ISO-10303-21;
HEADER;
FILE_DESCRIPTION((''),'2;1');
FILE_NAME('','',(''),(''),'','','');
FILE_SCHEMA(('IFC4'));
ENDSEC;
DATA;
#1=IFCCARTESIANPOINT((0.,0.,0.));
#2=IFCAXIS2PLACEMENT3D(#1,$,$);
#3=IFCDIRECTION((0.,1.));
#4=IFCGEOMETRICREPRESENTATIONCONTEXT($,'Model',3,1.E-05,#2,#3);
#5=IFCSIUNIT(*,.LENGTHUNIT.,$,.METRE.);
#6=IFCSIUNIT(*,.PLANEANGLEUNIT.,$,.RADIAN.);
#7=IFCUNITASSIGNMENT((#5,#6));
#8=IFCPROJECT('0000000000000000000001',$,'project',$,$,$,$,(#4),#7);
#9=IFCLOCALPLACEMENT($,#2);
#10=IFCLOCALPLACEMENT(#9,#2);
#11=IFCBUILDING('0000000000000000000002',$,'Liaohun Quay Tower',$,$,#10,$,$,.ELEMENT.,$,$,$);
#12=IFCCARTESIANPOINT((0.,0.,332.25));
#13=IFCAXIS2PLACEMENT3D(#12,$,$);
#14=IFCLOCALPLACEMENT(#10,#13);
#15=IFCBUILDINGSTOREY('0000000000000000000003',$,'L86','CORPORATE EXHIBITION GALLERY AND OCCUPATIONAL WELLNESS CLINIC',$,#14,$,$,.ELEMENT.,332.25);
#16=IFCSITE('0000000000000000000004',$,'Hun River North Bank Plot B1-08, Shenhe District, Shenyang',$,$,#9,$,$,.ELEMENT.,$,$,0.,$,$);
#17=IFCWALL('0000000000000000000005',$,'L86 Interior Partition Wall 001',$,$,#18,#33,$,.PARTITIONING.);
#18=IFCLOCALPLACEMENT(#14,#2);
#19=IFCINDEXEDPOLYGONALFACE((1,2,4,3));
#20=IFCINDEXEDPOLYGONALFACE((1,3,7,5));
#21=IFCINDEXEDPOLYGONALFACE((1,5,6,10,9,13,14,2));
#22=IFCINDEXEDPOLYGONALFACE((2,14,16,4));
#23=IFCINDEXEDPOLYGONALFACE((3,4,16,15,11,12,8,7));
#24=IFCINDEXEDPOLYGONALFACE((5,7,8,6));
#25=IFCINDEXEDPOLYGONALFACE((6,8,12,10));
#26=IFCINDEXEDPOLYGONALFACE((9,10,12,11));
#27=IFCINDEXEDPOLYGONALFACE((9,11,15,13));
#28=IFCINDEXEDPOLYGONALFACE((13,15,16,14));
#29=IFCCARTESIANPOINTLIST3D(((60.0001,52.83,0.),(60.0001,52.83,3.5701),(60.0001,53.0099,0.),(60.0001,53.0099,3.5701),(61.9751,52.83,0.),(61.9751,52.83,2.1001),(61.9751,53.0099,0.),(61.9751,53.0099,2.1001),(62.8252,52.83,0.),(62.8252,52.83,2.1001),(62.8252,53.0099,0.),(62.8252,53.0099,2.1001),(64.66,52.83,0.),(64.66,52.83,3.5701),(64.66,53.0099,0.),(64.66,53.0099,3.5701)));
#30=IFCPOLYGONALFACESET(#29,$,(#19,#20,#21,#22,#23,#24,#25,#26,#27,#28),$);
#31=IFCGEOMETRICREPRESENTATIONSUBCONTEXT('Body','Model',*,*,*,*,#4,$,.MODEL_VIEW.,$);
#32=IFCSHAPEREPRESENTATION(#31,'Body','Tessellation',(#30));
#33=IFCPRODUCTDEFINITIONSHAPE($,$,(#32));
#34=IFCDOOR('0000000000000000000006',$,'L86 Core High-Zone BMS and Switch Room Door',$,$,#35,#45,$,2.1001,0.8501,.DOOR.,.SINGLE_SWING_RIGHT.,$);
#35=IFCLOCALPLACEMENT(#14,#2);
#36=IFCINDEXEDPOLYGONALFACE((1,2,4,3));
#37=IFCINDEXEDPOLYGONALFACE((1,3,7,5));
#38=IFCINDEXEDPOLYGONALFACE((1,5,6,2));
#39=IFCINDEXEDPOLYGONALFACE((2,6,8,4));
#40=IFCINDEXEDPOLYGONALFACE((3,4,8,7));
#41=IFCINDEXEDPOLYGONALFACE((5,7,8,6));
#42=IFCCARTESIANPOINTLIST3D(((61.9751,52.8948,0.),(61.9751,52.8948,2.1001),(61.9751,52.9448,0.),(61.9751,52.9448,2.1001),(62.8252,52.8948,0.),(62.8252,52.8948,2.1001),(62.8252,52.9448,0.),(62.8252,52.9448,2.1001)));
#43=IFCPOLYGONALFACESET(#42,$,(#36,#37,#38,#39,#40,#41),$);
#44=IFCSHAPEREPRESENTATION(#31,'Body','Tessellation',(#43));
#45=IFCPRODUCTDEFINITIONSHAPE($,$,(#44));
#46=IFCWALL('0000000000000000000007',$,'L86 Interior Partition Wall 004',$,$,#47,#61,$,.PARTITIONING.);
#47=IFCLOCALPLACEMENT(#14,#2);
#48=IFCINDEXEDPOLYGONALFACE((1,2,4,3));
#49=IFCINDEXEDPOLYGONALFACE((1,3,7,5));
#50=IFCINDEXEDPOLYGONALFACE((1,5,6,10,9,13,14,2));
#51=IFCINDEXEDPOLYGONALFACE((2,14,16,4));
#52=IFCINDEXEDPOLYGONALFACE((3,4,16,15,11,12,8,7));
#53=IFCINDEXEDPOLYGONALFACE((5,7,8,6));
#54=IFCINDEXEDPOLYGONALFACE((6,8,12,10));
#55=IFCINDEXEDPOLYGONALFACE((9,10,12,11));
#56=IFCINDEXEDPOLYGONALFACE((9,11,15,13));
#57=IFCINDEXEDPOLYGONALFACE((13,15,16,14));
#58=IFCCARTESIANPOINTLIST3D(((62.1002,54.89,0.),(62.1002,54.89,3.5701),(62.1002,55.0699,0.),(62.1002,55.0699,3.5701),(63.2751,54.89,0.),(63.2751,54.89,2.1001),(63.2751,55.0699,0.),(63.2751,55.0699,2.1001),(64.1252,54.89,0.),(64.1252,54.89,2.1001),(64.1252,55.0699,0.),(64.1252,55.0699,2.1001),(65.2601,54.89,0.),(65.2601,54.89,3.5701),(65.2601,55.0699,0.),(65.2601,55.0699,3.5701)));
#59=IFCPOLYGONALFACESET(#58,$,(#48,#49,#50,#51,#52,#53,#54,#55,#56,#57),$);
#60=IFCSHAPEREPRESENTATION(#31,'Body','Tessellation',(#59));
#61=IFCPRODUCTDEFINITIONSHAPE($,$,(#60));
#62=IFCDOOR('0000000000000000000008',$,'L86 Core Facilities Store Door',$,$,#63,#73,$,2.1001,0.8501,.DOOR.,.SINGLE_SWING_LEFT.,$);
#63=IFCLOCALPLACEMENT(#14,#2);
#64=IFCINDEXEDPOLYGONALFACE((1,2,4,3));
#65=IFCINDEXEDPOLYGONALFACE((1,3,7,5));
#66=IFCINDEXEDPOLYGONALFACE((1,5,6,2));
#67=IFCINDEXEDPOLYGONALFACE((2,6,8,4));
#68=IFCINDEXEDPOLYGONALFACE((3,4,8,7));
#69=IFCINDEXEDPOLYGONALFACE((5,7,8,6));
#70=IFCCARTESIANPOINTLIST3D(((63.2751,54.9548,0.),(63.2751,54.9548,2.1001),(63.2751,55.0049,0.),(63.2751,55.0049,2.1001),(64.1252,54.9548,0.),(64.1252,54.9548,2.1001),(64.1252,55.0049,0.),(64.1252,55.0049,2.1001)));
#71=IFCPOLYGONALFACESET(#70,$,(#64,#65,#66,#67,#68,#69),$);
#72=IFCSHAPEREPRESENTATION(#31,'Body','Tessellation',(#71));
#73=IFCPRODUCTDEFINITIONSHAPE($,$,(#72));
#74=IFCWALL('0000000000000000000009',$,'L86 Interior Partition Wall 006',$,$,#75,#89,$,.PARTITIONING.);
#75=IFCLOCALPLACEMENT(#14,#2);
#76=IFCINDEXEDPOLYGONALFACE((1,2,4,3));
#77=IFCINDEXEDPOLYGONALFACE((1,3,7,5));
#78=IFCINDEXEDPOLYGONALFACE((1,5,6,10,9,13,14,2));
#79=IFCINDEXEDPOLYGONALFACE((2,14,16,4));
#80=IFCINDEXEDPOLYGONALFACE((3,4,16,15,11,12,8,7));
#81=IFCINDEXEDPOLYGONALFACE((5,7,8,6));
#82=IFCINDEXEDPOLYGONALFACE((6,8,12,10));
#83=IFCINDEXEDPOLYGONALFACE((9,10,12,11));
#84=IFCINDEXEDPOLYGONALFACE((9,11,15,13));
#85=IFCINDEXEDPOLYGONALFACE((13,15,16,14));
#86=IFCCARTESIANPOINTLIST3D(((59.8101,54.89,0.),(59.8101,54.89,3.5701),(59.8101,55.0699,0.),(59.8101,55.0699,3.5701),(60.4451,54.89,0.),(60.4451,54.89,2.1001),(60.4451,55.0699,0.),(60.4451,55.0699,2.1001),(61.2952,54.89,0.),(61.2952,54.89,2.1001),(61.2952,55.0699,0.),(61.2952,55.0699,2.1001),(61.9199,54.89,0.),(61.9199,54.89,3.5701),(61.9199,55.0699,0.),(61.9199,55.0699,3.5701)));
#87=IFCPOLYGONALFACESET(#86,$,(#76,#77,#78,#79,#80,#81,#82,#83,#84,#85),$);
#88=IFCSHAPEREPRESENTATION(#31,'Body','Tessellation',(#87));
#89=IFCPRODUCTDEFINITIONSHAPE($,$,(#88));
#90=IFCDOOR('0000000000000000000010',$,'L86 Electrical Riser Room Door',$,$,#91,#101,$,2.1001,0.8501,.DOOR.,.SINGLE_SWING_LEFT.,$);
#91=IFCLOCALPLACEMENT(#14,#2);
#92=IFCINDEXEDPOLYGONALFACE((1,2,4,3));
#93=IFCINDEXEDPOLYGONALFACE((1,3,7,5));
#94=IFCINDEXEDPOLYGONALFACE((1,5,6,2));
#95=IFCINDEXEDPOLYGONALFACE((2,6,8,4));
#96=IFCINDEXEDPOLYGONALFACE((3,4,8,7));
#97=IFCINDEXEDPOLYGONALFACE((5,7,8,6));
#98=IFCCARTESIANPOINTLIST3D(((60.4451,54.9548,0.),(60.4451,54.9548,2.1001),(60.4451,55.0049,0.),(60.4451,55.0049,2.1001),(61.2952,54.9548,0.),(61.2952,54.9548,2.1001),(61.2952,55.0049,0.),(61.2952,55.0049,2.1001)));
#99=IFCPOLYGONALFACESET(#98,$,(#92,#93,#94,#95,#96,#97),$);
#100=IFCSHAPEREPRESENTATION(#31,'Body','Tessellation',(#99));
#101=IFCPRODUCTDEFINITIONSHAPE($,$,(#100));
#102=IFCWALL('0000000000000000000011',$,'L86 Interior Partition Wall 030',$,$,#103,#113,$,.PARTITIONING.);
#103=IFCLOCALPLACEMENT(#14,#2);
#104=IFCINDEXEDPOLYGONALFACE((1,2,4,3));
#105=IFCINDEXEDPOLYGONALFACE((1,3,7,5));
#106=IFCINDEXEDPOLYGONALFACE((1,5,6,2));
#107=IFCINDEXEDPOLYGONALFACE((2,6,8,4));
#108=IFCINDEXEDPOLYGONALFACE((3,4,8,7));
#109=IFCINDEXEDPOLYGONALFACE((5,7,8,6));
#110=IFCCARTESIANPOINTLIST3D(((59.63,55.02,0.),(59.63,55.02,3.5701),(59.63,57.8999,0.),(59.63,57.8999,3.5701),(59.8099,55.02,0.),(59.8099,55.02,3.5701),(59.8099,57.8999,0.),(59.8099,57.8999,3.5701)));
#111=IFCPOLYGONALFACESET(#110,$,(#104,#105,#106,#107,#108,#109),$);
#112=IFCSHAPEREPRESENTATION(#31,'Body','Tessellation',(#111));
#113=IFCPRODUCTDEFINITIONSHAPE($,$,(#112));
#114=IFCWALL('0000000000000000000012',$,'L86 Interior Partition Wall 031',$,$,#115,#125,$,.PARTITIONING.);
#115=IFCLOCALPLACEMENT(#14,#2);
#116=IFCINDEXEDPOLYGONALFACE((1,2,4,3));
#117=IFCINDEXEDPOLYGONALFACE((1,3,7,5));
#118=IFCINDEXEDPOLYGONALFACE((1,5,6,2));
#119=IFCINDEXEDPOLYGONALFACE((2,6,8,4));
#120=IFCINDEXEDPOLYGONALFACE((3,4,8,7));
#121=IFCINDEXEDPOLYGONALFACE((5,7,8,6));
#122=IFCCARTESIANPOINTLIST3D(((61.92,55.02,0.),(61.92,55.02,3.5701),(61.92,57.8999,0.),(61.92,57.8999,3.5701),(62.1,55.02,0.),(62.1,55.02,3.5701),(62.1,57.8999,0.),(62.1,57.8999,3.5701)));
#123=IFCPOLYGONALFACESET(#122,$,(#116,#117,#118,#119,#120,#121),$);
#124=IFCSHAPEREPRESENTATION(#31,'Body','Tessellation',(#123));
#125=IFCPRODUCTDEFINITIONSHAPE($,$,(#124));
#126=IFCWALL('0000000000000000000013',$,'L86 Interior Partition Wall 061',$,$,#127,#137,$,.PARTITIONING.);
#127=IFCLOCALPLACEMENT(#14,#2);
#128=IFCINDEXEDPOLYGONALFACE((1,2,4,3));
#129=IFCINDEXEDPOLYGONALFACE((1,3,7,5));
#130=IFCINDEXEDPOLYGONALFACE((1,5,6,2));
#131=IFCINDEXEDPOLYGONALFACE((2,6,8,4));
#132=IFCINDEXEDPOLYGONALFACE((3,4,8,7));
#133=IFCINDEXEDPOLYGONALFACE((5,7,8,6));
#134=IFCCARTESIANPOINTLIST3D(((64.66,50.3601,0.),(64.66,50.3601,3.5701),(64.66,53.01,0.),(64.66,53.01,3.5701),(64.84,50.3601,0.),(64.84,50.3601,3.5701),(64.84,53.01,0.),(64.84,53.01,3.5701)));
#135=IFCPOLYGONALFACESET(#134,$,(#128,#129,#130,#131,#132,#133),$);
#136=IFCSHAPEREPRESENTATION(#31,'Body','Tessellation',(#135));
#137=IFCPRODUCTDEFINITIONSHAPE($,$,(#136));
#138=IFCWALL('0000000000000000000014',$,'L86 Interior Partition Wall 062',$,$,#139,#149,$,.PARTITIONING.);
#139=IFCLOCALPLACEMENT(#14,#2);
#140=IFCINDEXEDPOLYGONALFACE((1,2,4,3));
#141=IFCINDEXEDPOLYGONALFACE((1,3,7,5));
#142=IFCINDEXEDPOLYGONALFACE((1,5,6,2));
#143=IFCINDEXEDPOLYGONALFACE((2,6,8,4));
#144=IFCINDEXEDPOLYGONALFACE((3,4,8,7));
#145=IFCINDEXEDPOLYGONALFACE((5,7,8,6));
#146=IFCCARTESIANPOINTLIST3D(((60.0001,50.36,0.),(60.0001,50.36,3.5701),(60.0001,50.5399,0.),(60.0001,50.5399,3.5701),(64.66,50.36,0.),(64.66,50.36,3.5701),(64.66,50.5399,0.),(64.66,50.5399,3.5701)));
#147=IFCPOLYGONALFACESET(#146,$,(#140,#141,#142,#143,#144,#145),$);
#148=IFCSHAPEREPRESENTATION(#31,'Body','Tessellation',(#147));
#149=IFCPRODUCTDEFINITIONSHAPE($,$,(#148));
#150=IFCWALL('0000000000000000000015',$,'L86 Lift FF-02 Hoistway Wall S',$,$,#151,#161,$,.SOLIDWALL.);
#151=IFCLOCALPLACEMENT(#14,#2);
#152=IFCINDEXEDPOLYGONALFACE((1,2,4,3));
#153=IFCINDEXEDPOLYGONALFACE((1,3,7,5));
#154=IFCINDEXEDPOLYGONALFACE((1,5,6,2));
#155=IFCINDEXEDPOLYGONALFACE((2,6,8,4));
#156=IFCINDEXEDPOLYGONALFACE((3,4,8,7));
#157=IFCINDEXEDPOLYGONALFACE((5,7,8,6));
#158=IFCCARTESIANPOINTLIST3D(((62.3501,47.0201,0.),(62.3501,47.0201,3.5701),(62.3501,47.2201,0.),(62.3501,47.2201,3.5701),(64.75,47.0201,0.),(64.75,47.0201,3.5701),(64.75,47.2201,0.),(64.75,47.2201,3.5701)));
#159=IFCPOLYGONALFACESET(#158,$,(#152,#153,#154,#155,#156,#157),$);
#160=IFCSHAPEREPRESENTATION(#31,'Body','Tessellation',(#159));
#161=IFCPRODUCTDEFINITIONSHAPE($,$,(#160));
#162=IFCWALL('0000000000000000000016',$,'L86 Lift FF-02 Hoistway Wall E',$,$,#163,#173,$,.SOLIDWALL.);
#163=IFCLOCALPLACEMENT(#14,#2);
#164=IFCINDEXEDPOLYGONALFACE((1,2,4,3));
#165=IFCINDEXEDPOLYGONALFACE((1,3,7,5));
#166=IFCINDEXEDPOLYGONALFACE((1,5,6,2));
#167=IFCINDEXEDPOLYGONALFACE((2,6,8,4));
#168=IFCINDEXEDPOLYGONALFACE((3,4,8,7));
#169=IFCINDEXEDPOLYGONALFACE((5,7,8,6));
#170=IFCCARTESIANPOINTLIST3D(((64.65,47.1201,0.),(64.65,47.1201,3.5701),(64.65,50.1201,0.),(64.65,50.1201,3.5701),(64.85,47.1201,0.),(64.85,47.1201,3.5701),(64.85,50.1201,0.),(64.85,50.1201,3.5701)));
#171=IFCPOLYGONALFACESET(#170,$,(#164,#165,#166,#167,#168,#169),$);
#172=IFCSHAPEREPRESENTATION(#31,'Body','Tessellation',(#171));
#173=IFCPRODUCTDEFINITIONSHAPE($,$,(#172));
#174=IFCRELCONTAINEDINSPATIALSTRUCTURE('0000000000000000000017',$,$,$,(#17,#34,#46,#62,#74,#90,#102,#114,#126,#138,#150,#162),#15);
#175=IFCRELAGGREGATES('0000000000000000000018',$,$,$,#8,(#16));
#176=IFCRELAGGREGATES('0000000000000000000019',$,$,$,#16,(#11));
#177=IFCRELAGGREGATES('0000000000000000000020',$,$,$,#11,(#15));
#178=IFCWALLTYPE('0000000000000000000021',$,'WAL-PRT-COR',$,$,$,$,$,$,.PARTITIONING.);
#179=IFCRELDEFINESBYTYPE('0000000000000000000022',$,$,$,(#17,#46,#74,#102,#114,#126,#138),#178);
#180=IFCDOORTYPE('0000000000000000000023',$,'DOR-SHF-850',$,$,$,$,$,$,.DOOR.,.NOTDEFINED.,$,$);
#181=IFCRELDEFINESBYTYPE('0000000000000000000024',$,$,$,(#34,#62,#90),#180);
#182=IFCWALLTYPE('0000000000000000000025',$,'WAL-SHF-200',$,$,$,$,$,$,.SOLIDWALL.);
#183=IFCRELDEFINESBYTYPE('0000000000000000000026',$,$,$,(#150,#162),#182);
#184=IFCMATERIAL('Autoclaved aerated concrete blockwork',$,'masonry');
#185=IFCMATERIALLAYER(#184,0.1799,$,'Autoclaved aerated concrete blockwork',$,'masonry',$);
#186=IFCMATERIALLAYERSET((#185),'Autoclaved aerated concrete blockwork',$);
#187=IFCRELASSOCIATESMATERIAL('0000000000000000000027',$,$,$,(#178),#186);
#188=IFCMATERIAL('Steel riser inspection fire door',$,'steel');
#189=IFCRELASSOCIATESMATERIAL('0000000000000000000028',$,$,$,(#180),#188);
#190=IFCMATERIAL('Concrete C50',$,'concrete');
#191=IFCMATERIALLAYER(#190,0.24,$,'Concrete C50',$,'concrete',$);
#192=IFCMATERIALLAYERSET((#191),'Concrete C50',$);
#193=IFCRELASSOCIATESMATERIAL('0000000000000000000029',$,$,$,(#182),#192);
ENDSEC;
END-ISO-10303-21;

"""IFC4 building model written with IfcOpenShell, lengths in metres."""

from ifc_helpers import new_model, si_unit, direction, frame, frame_2d, origin, place, context, subcontext, project, spatial, rectangle, extrude, source, transform, mapped, material, layer, layer_set, type_object, element, fill, save


model = new_model("IFC4")

# Units and contexts
model_context = context("Model", 3, precision=1e-05, world=origin(), true_north=direction((0.0, 1.0)))
body_context = subcontext(model_context, "Body", "Model", "MODEL_VIEW")
ifc_project = project(units=[si_unit("LENGTHUNIT", "METRE"), si_unit("PLANEANGLEUNIT", "RADIAN")], contexts=[model_context])

# Site, building, storey
site_placement = place(None, origin())
site = spatial("IfcSite", under=ifc_project, at=site_placement, Name="Hun River North Bank Plot B1-08, Shenhe District, Shenyang", CompositionType="ELEMENT", RefElevation=0.0)
building_placement = place(site_placement, origin())
building = spatial("IfcBuilding", under=site, at=building_placement, Name="Liaohun Quay Tower", CompositionType="ELEMENT")
storey_placement = place(building_placement, frame((0.0, 0.0, 332.25)))
storey = spatial("IfcBuildingStorey", under=building, at=storey_placement, Name="L86", Description="CORPORATE EXHIBITION GALLERY AND OCCUPATIONAL WELLNESS CLINIC", CompositionType="ELEMENT", Elevation=332.25)

# Walls, openings, doors
ifc_material_1 = material(Name="Autoclaved aerated concrete blockwork", Category="masonry")
ifc_layer_1 = layer(ifc_material_1, 0.1799, Name="Autoclaved aerated concrete blockwork", Category="masonry")
ifc_layer_set_1 = layer_set([ifc_layer_1], Name="Autoclaved aerated concrete blockwork")
wall_type_1 = type_object("IfcWallType", Name="WAL-PRT-COR", PredefinedType="PARTITIONING", material=ifc_layer_set_1)
wall_1_placement = place(storey_placement, frame((60.0, 52.9199, 0.0), z_axis=(0.0, 0.0, 1.0), x_axis=(1.0, 0.0, 0.0)))
wall_1 = element("IfcWall", 1, at=wall_1_placement, inside=storey, type_object=wall_type_1, Name="L86 Interior Partition Wall 001", PredefinedType="PARTITIONING", context=body_context, shape_type="SweptSolid", body=[
    extrude(rectangle(XDim=4.6599, YDim=0.1799, at=frame_2d((2.3301, 0.0))), origin(), (0.0, 0.0, 1.0), 3.5701),
])
shared_shape_1 = source(origin(), body_context, "Body", "SweptSolid", [
    extrude(rectangle(XDim=0.8501, YDim=2.1001, at=frame_2d((0.425, 1.05))), frame((0.0, 0.0999, 0.0), z_axis=(0.0, -1.0, 0.0), x_axis=(1.0, 0.0, 0.0)), (0.0, 0.0, 1.0), 0.2),
])
opening_1_placement = place(wall_1_placement, frame((1.9751, 0.0, 0.0)))
opening_1 = element("IfcOpeningElement", 2, at=opening_1_placement, cuts=wall_1, PredefinedType="OPENING", context=body_context, shape_type="MappedRepresentation", body=[
    mapped(shared_shape_1, transform((0.0, 0.0, 0.0), x_axis=(1.0, 0.0, 0.0), y_axis=(0.0, 1.0, 0.0), z_axis=(0.0, 0.0, 1.0), scale=1.0)),
])
ifc_material_2 = material(Name="Steel riser inspection fire door", Category="steel")
door_type_1 = type_object("IfcDoorType", Name="DOR-SHF-850", OperationType="NOTDEFINED", PredefinedType="DOOR", material=ifc_material_2)
shared_shape_2 = source(origin(), body_context, "Body", "SweptSolid", [
    extrude(rectangle(XDim=0.8501, YDim=2.1001, at=frame_2d((0.425, 1.05))), frame((0.0, 0.0249, 0.0), z_axis=(0.0, -1.0, 0.0), x_axis=(1.0, 0.0, 0.0)), (0.0, 0.0, 1.0), 0.05),
])
door_1_placement = place(opening_1_placement, origin())
door_1 = element("IfcDoor", 3, at=door_1_placement, inside=storey, type_object=door_type_1, Name="L86 Core High-Zone BMS and Switch Room Door", OperationType="SINGLE_SWING_RIGHT", OverallHeight=2.1001, OverallWidth=0.8501, PredefinedType="DOOR", context=body_context, shape_type="MappedRepresentation", body=[
    mapped(shared_shape_2, transform((0.0, 0.0, 0.0), x_axis=(1.0, 0.0, 0.0), y_axis=(0.0, 1.0, 0.0), z_axis=(0.0, 0.0, 1.0), scale=1.0)),
])
fill(opening_1, door_1)
wall_2_placement = place(storey_placement, frame((62.1001, 54.98, 0.0), z_axis=(0.0, 0.0, 1.0), x_axis=(1.0, 0.0, 0.0)))
wall_2 = element("IfcWall", 4, at=wall_2_placement, inside=storey, type_object=wall_type_1, Name="L86 Interior Partition Wall 004", PredefinedType="PARTITIONING", context=body_context, shape_type="SweptSolid", body=[
    extrude(rectangle(XDim=3.1599, YDim=0.1799, at=frame_2d((1.5801, 0.0))), origin(), (0.0, 0.0, 1.0), 3.5701),
])
opening_2_placement = place(wall_2_placement, frame((1.175, 0.0, 0.0)))
opening_2 = element("IfcOpeningElement", 5, at=opening_2_placement, cuts=wall_2, PredefinedType="OPENING", context=body_context, shape_type="MappedRepresentation", body=[
    mapped(shared_shape_1, transform((0.0, 0.0, 0.0), x_axis=(1.0, 0.0, 0.0), y_axis=(0.0, 1.0, 0.0), z_axis=(0.0, 0.0, 1.0), scale=1.0)),
])
door_2_placement = place(opening_2_placement, origin())
door_2 = element("IfcDoor", 6, at=door_2_placement, inside=storey, type_object=door_type_1, Name="L86 Core Facilities Store Door", OperationType="SINGLE_SWING_LEFT", OverallHeight=2.1001, OverallWidth=0.8501, PredefinedType="DOOR", context=body_context, shape_type="MappedRepresentation", body=[
    mapped(shared_shape_2, transform((0.0, 0.0, 0.0), x_axis=(1.0, 0.0, 0.0), y_axis=(0.0, 1.0, 0.0), z_axis=(0.0, 0.0, 1.0), scale=1.0)),
])
fill(opening_2, door_2)
wall_3_placement = place(storey_placement, frame((59.8101, 54.98, 0.0), z_axis=(0.0, 0.0, 1.0), x_axis=(1.0, 0.0, 0.0)))
wall_3 = element("IfcWall", 7, at=wall_3_placement, inside=storey, type_object=wall_type_1, Name="L86 Interior Partition Wall 006", PredefinedType="PARTITIONING", context=body_context, shape_type="SweptSolid", body=[
    extrude(rectangle(XDim=2.1099, YDim=0.1799, at=frame_2d((1.0549, 0.0))), origin(), (0.0, 0.0, 1.0), 3.5701),
])
opening_3_placement = place(wall_3_placement, frame((0.635, 0.0, 0.0)))
opening_3 = element("IfcOpeningElement", 8, at=opening_3_placement, cuts=wall_3, PredefinedType="OPENING", context=body_context, shape_type="MappedRepresentation", body=[
    mapped(shared_shape_1, transform((0.0, 0.0, 0.0), x_axis=(1.0, 0.0, 0.0), y_axis=(0.0, 1.0, 0.0), z_axis=(0.0, 0.0, 1.0), scale=1.0)),
])
door_3_placement = place(opening_3_placement, origin())
door_3 = element("IfcDoor", 9, at=door_3_placement, inside=storey, type_object=door_type_1, Name="L86 Electrical Riser Room Door", OperationType="SINGLE_SWING_LEFT", OverallHeight=2.1001, OverallWidth=0.8501, PredefinedType="DOOR", context=body_context, shape_type="MappedRepresentation", body=[
    mapped(shared_shape_2, transform((0.0, 0.0, 0.0), x_axis=(1.0, 0.0, 0.0), y_axis=(0.0, 1.0, 0.0), z_axis=(0.0, 0.0, 1.0), scale=1.0)),
])
fill(opening_3, door_3)

# Walls
for number, where, z_axis, x_axis, name in (
    (10, (59.72, 55.02, 0.0), (0.0, 0.0, 1.0), (0.0, 1.0, 0.0), "L86 Interior Partition Wall 030"),
    (11, (62.01, 55.02, 0.0), (0.0, 0.0, 1.0), (0.0, 1.0, 0.0), "L86 Interior Partition Wall 031"),
):
    element("IfcWall", number, at=place(storey_placement, frame(where, z_axis=z_axis, x_axis=x_axis)), inside=storey, type_object=wall_type_1, Name=name, PredefinedType="PARTITIONING", context=body_context, shape_type="SweptSolid", body=[
        extrude(rectangle(XDim=2.8799, YDim=0.1799, at=frame_2d((1.4399, 0.0))), origin(), (0.0, 0.0, 1.0), 3.5701),
    ])
wall_4_placement = place(storey_placement, frame((64.75, 50.3601, 0.0), z_axis=(0.0, 0.0, 1.0), x_axis=(0.0, 1.0, 0.0)))
element("IfcWall", 12, at=wall_4_placement, inside=storey, type_object=wall_type_1, Name="L86 Interior Partition Wall 061", PredefinedType="PARTITIONING", context=body_context, shape_type="SweptSolid", body=[
    extrude(rectangle(XDim=2.6499, YDim=0.1799, at=frame_2d((1.325, 0.0))), origin(), (0.0, 0.0, 1.0), 3.5701),
])
wall_5_placement = place(storey_placement, frame((60.0, 50.45, 0.0), z_axis=(0.0, 0.0, 1.0), x_axis=(1.0, 0.0, 0.0)))
element("IfcWall", 13, at=wall_5_placement, inside=storey, type_object=wall_type_1, Name="L86 Interior Partition Wall 062", PredefinedType="PARTITIONING", context=body_context, shape_type="SweptSolid", body=[
    extrude(rectangle(XDim=4.6599, YDim=0.1799, at=frame_2d((2.3301, 0.0))), origin(), (0.0, 0.0, 1.0), 3.5701),
])
ifc_material_3 = material(Name="Concrete C50", Category="concrete")
ifc_layer_2 = layer(ifc_material_3, 0.24, Name="Concrete C50", Category="concrete")
ifc_layer_set_2 = layer_set([ifc_layer_2], Name="Concrete C50")
wall_type_2 = type_object("IfcWallType", Name="WAL-SHF-200", PredefinedType="SOLIDWALL", material=ifc_layer_set_2)
wall_6_placement = place(storey_placement, frame((62.3501, 47.1201, 0.0), z_axis=(0.0, 0.0, 1.0), x_axis=(1.0, 0.0, 0.0)))
element("IfcWall", 14, at=wall_6_placement, inside=storey, type_object=wall_type_2, Name="L86 Lift FF-02 Hoistway Wall S", PredefinedType="SOLIDWALL", context=body_context, shape_type="SweptSolid", body=[
    extrude(rectangle(XDim=2.3999, YDim=0.2, at=frame_2d((1.2, 0.0))), origin(), (0.0, 0.0, 1.0), 3.5701),
])
wall_7_placement = place(storey_placement, frame((64.75, 47.1201, 0.0), z_axis=(0.0, 0.0, 1.0), x_axis=(0.0, 1.0, 0.0)))
element("IfcWall", 15, at=wall_7_placement, inside=storey, type_object=wall_type_2, Name="L86 Lift FF-02 Hoistway Wall E", PredefinedType="SOLIDWALL", context=body_context, shape_type="SweptSolid", body=[
    extrude(rectangle(XDim=3.0, YDim=0.2, at=frame_2d((1.5, 0.0))), origin(), (0.0, 0.0, 1.0), 3.5701),
])

save(model, "model.ifc")
